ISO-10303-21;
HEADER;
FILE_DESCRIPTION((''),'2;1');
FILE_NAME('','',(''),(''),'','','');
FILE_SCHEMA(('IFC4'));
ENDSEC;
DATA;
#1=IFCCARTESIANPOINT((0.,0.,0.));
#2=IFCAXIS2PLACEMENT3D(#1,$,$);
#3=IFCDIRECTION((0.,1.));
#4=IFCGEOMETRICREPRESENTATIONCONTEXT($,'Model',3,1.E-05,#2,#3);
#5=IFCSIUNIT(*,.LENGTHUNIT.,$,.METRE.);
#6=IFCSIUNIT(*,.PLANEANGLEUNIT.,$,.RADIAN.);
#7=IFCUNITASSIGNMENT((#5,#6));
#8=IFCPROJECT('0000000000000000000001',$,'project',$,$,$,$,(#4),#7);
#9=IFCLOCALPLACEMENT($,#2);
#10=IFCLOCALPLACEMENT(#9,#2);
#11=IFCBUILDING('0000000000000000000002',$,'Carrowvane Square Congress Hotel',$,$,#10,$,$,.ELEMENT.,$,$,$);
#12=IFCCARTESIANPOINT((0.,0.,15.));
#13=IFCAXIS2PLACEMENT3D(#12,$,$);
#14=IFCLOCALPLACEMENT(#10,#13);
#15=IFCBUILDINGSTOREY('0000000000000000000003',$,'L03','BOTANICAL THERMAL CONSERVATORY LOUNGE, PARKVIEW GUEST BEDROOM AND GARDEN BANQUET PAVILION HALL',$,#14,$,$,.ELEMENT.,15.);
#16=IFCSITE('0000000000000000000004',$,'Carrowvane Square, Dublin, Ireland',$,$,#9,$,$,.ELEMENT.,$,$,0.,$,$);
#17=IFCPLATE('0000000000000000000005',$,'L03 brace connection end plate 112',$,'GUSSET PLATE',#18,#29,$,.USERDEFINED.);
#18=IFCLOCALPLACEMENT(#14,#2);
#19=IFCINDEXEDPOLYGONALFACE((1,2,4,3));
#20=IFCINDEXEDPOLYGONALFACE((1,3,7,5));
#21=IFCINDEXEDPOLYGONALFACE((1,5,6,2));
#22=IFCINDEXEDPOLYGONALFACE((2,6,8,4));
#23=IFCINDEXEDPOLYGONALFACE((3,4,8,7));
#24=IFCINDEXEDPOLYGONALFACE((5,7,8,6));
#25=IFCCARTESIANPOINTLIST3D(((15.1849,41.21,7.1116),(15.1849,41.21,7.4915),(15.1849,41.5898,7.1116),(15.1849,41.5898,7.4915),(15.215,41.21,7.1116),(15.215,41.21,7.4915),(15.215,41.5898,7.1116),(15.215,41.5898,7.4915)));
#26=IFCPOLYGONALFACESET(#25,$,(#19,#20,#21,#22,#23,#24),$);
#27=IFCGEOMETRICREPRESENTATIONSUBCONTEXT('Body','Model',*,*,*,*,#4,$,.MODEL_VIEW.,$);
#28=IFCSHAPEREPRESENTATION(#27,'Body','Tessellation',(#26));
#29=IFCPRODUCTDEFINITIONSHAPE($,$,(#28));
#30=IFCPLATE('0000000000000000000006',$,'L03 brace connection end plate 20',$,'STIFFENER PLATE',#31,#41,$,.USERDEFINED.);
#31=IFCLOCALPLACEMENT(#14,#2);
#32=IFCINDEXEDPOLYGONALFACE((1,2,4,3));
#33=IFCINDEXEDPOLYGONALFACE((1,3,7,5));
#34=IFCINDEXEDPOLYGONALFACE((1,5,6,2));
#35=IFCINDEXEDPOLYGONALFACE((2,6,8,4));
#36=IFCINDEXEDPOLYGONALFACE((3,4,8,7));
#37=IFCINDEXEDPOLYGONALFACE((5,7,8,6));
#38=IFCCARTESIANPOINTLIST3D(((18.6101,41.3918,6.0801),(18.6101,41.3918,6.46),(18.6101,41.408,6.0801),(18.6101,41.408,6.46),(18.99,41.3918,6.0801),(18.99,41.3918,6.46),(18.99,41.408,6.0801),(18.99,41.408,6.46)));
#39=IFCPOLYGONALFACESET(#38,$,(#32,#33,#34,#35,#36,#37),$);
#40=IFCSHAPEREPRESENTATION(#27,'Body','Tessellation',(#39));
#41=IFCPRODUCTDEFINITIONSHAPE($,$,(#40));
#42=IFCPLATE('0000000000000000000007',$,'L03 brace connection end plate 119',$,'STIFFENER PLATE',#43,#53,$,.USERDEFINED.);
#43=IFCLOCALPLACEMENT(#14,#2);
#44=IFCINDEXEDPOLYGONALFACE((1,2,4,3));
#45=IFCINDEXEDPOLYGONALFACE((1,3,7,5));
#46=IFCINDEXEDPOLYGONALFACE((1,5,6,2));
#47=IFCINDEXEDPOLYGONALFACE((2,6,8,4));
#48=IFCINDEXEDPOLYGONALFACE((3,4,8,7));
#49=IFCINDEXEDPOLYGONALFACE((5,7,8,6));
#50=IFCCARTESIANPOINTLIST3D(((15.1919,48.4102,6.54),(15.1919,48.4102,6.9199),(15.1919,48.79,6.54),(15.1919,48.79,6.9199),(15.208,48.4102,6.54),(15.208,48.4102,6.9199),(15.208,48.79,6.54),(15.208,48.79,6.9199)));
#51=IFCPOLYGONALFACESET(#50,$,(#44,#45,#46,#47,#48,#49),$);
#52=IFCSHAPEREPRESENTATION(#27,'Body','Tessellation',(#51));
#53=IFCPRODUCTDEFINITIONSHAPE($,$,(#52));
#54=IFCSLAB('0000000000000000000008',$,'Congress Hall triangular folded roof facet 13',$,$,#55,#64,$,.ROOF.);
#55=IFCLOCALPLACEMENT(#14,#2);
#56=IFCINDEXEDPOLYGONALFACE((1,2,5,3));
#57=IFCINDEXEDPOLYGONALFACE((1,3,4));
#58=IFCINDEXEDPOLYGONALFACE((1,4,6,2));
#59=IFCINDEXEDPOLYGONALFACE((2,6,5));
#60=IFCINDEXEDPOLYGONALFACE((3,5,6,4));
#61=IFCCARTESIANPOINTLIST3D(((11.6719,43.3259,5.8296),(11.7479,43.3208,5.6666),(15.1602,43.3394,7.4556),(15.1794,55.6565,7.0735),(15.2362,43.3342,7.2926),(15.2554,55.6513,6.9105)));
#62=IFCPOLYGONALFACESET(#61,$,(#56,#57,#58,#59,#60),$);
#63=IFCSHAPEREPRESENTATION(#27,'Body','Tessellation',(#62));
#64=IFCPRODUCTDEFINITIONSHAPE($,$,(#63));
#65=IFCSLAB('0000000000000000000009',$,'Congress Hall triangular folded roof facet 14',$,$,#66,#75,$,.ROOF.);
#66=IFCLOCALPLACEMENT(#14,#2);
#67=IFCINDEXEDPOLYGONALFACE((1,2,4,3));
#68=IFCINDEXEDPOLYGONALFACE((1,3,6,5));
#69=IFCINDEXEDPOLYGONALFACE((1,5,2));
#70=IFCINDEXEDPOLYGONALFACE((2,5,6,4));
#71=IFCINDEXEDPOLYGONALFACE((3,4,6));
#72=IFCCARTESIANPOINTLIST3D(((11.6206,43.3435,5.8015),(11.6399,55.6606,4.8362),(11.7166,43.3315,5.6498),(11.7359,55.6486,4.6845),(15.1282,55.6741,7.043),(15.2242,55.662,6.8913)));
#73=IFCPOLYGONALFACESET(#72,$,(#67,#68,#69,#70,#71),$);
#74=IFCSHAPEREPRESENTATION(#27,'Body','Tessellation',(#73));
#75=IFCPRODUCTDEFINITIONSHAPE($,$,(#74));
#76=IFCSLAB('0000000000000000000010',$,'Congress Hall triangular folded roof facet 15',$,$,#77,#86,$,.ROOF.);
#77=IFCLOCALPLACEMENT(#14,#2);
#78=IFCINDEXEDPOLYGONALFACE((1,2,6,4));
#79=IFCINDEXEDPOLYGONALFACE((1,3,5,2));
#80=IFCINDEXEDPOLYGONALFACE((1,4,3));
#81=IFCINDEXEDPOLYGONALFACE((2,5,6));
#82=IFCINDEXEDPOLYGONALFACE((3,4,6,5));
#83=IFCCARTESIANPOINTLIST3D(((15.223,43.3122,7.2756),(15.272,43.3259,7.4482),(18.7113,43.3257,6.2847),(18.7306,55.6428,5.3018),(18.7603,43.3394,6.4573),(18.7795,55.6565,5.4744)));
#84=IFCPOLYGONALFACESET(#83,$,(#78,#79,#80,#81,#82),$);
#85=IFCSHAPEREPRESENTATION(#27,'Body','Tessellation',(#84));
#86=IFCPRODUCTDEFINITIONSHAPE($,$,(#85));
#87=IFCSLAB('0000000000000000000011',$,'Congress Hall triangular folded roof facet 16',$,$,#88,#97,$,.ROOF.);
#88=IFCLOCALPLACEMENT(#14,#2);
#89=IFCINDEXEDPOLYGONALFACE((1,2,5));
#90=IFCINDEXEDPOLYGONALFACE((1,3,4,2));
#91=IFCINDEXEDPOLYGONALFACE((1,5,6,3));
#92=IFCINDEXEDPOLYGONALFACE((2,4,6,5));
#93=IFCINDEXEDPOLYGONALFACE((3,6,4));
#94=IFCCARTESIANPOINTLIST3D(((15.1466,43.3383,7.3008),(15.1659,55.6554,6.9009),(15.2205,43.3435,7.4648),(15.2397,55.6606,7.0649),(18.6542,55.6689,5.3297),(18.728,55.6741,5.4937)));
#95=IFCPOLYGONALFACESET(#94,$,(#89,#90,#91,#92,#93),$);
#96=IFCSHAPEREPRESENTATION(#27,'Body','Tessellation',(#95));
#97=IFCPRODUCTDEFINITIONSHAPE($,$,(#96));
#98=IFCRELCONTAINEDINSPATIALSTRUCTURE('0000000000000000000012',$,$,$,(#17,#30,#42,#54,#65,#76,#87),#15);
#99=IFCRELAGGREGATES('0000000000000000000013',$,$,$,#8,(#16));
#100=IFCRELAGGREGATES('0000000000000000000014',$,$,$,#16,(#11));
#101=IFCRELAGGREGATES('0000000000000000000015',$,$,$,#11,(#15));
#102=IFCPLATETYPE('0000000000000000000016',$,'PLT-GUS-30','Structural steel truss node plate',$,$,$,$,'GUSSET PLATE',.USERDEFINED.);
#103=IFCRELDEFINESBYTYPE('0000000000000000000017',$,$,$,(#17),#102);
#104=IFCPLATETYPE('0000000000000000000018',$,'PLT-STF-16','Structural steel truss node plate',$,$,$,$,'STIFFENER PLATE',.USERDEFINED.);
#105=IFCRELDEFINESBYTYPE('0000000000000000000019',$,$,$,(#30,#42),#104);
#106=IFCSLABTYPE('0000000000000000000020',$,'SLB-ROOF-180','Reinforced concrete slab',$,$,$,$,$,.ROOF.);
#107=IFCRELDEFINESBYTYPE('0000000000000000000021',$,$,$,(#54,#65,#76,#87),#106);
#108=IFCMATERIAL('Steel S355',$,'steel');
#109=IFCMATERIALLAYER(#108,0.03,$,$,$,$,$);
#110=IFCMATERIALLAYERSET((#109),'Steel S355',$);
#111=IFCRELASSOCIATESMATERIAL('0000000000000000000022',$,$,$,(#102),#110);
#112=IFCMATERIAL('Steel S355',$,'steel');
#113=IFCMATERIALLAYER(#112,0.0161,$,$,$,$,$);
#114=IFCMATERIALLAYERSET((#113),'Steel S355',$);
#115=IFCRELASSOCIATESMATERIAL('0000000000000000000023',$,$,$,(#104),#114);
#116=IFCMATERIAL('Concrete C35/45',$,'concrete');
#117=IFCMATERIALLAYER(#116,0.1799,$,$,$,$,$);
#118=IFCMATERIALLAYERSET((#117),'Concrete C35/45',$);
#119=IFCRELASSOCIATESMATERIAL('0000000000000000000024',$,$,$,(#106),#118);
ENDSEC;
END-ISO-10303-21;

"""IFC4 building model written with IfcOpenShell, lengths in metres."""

from ifc_helpers import new_model, si_unit, direction, frame, origin, origin_2d, place, context, subcontext, project, spatial, polyline, rectangle, outline, extrude, material, layer, layer_set, type_object, element, save


model = new_model("IFC4")

# Units and contexts
model_context = context("Model", 3, precision=1e-05, world=origin(), true_north=direction((0.0, 1.0)))
body_context = subcontext(model_context, "Body", "Model", "MODEL_VIEW")
ifc_project = project(units=[si_unit("LENGTHUNIT", "METRE"), si_unit("PLANEANGLEUNIT", "RADIAN")], contexts=[model_context])

# Site, building, storey
site_placement = place(None, origin())
site = spatial("IfcSite", under=ifc_project, at=site_placement, Name="Carrowvane Square, Dublin, Ireland", CompositionType="ELEMENT", RefElevation=0.0)
building_placement = place(site_placement, origin())
building = spatial("IfcBuilding", under=site, at=building_placement, Name="Carrowvane Square Congress Hotel", CompositionType="ELEMENT")
storey_placement = place(building_placement, frame((0.0, 0.0, 15.0)))
storey = spatial("IfcBuildingStorey", under=building, at=storey_placement, Name="L03", Description="BOTANICAL THERMAL CONSERVATORY LOUNGE, PARKVIEW GUEST BEDROOM AND GARDEN BANQUET PAVILION HALL", CompositionType="ELEMENT", Elevation=15.0)

# Plates
ifc_material_1 = material(Name="Steel S355", Category="steel")
ifc_layer_1 = layer(ifc_material_1, 0.03)
ifc_layer_set_1 = layer_set([ifc_layer_1], Name="Steel S355")
plate_type_1 = type_object("IfcPlateType", Name="PLT-GUS-30", Description="Structural steel truss node plate", ElementType="GUSSET PLATE", PredefinedType="USERDEFINED", material=ifc_layer_set_1)
plate_1_placement = place(storey_placement, frame((15.2, 41.3999, 7.1116), z_axis=(0.0, 0.0, 1.0), x_axis=(1.0, 0.0, 0.0)))
element("IfcPlate", 1, at=plate_1_placement, inside=storey, type_object=plate_type_1, Name="L03 brace connection end plate 112", ObjectType="GUSSET PLATE", PredefinedType="USERDEFINED", context=body_context, shape_type="SweptSolid", body=[
    extrude(rectangle(XDim=0.03, YDim=0.3799, at=origin_2d()), origin(), (0.0, 0.0, 1.0), 0.3799),
])
ifc_material_2 = material(Name="Steel S355", Category="steel")
ifc_layer_2 = layer(ifc_material_2, 0.0161)
ifc_layer_set_2 = layer_set([ifc_layer_2], Name="Steel S355")
plate_type_2 = type_object("IfcPlateType", Name="PLT-STF-16", Description="Structural steel truss node plate", ElementType="STIFFENER PLATE", PredefinedType="USERDEFINED", material=ifc_layer_set_2)
plate_2_placement = place(storey_placement, frame((18.8, 41.3999, 6.0801), z_axis=(0.0, 0.0, 1.0), x_axis=(1.0, 0.0, 0.0)))
element("IfcPlate", 2, at=plate_2_placement, inside=storey, type_object=plate_type_2, Name="L03 brace connection end plate 20", ObjectType="STIFFENER PLATE", PredefinedType="USERDEFINED", context=body_context, shape_type="SweptSolid", body=[
    extrude(rectangle(XDim=0.3799, YDim=0.0161, at=origin_2d()), origin(), (0.0, 0.0, 1.0), 0.3799),
])
plate_3_placement = place(storey_placement, frame((15.2, 48.6001, 6.54), z_axis=(0.0, 0.0, 1.0), x_axis=(1.0, 0.0, 0.0)))
element("IfcPlate", 3, at=plate_3_placement, inside=storey, type_object=plate_type_2, Name="L03 brace connection end plate 119", ObjectType="STIFFENER PLATE", PredefinedType="USERDEFINED", context=body_context, shape_type="SweptSolid", body=[
    extrude(rectangle(XDim=0.0161, YDim=0.3799, at=origin_2d()), origin(), (0.0, 0.0, 1.0), 0.3799),
])

# Slabs
ifc_material_3 = material(Name="Concrete C35/45", Category="concrete")
ifc_layer_3 = layer(ifc_material_3, 0.1799)
ifc_layer_set_3 = layer_set([ifc_layer_3], Name="Concrete C35/45")
slab_type = type_object("IfcSlabType", Name="SLB-ROOF-180", Description="Reinforced concrete slab", PredefinedType="ROOF", material=ifc_layer_set_3)
slab_1_placement = place(storey_placement, frame((11.6719, 43.3259, 5.8296), z_axis=(-0.422399, 0.028764, 0.905954), x_axis=(0.906366, 0.003489, 0.42248)))
element("IfcSlab", 4, at=slab_1_placement, inside=storey, type_object=slab_type, Name="Congress Hall triangular folded roof facet 13", PredefinedType="ROOF", context=body_context, shape_type="SweptSolid", body=[
    extrude(outline(polyline([(0.0, 0.0), (3.8486, 0.0), (3.7477, 12.3227), (0.0, 0.0)])), origin(), (0.0, 0.0, -1.0), 0.1799),
])
slab_2_placement = place(storey_placement, frame((11.6206, 43.3435, 5.8015), z_axis=(-0.533613, 0.06691, 0.843078), x_axis=(0.272333, 0.957363, 0.096388)))
element("IfcSlab", 5, at=slab_2_placement, inside=storey, type_object=slab_type, Name="Congress Hall triangular folded roof facet 14", PredefinedType="ROOF", context=body_context, shape_type="SweptSolid", body=[
    extrude(outline(polyline([(0.0, 0.0), (12.8797, 0.0), (11.7042, 3.9568), (0.0, 0.0)])), origin(), (0.0, 0.0, -1.0), 0.1799),
])
slab_3_placement = place(storey_placement, frame((15.272, 43.3259, 7.4482), z_axis=(0.272207, 0.07612, 0.959223), x_axis=(0.96193, 0.003703, -0.27327)))
element("IfcSlab", 6, at=slab_3_placement, inside=storey, type_object=slab_type, Name="Congress Hall triangular folded roof facet 15", PredefinedType="ROOF", context=body_context, shape_type="SweptSolid", body=[
    extrude(outline(polyline([(0.0, 0.0), (3.6263, 0.0), (3.9591, 12.3518), (0.0, 0.0)])), origin(), (0.0, 0.0, -1.0), 0.1799),
])
slab_4_placement = place(storey_placement, frame((15.2205, 43.3435, 7.4648), z_axis=(0.41044, 0.028949, 0.911428), x_axis=(0.270429, 0.950669, -0.151976)))
element("IfcSlab", 7, at=slab_4_placement, inside=storey, type_object=slab_type, Name="Congress Hall triangular folded roof facet 16", PredefinedType="ROOF", context=body_context, shape_type="SweptSolid", body=[
    extrude(outline(polyline([(0.0, 0.0), (12.9704, 0.0), (11.7755, 3.6345), (0.0, 0.0)])), origin(), (0.0, 0.0, -1.0), 0.1799),
])

save(model, "model.ifc")
